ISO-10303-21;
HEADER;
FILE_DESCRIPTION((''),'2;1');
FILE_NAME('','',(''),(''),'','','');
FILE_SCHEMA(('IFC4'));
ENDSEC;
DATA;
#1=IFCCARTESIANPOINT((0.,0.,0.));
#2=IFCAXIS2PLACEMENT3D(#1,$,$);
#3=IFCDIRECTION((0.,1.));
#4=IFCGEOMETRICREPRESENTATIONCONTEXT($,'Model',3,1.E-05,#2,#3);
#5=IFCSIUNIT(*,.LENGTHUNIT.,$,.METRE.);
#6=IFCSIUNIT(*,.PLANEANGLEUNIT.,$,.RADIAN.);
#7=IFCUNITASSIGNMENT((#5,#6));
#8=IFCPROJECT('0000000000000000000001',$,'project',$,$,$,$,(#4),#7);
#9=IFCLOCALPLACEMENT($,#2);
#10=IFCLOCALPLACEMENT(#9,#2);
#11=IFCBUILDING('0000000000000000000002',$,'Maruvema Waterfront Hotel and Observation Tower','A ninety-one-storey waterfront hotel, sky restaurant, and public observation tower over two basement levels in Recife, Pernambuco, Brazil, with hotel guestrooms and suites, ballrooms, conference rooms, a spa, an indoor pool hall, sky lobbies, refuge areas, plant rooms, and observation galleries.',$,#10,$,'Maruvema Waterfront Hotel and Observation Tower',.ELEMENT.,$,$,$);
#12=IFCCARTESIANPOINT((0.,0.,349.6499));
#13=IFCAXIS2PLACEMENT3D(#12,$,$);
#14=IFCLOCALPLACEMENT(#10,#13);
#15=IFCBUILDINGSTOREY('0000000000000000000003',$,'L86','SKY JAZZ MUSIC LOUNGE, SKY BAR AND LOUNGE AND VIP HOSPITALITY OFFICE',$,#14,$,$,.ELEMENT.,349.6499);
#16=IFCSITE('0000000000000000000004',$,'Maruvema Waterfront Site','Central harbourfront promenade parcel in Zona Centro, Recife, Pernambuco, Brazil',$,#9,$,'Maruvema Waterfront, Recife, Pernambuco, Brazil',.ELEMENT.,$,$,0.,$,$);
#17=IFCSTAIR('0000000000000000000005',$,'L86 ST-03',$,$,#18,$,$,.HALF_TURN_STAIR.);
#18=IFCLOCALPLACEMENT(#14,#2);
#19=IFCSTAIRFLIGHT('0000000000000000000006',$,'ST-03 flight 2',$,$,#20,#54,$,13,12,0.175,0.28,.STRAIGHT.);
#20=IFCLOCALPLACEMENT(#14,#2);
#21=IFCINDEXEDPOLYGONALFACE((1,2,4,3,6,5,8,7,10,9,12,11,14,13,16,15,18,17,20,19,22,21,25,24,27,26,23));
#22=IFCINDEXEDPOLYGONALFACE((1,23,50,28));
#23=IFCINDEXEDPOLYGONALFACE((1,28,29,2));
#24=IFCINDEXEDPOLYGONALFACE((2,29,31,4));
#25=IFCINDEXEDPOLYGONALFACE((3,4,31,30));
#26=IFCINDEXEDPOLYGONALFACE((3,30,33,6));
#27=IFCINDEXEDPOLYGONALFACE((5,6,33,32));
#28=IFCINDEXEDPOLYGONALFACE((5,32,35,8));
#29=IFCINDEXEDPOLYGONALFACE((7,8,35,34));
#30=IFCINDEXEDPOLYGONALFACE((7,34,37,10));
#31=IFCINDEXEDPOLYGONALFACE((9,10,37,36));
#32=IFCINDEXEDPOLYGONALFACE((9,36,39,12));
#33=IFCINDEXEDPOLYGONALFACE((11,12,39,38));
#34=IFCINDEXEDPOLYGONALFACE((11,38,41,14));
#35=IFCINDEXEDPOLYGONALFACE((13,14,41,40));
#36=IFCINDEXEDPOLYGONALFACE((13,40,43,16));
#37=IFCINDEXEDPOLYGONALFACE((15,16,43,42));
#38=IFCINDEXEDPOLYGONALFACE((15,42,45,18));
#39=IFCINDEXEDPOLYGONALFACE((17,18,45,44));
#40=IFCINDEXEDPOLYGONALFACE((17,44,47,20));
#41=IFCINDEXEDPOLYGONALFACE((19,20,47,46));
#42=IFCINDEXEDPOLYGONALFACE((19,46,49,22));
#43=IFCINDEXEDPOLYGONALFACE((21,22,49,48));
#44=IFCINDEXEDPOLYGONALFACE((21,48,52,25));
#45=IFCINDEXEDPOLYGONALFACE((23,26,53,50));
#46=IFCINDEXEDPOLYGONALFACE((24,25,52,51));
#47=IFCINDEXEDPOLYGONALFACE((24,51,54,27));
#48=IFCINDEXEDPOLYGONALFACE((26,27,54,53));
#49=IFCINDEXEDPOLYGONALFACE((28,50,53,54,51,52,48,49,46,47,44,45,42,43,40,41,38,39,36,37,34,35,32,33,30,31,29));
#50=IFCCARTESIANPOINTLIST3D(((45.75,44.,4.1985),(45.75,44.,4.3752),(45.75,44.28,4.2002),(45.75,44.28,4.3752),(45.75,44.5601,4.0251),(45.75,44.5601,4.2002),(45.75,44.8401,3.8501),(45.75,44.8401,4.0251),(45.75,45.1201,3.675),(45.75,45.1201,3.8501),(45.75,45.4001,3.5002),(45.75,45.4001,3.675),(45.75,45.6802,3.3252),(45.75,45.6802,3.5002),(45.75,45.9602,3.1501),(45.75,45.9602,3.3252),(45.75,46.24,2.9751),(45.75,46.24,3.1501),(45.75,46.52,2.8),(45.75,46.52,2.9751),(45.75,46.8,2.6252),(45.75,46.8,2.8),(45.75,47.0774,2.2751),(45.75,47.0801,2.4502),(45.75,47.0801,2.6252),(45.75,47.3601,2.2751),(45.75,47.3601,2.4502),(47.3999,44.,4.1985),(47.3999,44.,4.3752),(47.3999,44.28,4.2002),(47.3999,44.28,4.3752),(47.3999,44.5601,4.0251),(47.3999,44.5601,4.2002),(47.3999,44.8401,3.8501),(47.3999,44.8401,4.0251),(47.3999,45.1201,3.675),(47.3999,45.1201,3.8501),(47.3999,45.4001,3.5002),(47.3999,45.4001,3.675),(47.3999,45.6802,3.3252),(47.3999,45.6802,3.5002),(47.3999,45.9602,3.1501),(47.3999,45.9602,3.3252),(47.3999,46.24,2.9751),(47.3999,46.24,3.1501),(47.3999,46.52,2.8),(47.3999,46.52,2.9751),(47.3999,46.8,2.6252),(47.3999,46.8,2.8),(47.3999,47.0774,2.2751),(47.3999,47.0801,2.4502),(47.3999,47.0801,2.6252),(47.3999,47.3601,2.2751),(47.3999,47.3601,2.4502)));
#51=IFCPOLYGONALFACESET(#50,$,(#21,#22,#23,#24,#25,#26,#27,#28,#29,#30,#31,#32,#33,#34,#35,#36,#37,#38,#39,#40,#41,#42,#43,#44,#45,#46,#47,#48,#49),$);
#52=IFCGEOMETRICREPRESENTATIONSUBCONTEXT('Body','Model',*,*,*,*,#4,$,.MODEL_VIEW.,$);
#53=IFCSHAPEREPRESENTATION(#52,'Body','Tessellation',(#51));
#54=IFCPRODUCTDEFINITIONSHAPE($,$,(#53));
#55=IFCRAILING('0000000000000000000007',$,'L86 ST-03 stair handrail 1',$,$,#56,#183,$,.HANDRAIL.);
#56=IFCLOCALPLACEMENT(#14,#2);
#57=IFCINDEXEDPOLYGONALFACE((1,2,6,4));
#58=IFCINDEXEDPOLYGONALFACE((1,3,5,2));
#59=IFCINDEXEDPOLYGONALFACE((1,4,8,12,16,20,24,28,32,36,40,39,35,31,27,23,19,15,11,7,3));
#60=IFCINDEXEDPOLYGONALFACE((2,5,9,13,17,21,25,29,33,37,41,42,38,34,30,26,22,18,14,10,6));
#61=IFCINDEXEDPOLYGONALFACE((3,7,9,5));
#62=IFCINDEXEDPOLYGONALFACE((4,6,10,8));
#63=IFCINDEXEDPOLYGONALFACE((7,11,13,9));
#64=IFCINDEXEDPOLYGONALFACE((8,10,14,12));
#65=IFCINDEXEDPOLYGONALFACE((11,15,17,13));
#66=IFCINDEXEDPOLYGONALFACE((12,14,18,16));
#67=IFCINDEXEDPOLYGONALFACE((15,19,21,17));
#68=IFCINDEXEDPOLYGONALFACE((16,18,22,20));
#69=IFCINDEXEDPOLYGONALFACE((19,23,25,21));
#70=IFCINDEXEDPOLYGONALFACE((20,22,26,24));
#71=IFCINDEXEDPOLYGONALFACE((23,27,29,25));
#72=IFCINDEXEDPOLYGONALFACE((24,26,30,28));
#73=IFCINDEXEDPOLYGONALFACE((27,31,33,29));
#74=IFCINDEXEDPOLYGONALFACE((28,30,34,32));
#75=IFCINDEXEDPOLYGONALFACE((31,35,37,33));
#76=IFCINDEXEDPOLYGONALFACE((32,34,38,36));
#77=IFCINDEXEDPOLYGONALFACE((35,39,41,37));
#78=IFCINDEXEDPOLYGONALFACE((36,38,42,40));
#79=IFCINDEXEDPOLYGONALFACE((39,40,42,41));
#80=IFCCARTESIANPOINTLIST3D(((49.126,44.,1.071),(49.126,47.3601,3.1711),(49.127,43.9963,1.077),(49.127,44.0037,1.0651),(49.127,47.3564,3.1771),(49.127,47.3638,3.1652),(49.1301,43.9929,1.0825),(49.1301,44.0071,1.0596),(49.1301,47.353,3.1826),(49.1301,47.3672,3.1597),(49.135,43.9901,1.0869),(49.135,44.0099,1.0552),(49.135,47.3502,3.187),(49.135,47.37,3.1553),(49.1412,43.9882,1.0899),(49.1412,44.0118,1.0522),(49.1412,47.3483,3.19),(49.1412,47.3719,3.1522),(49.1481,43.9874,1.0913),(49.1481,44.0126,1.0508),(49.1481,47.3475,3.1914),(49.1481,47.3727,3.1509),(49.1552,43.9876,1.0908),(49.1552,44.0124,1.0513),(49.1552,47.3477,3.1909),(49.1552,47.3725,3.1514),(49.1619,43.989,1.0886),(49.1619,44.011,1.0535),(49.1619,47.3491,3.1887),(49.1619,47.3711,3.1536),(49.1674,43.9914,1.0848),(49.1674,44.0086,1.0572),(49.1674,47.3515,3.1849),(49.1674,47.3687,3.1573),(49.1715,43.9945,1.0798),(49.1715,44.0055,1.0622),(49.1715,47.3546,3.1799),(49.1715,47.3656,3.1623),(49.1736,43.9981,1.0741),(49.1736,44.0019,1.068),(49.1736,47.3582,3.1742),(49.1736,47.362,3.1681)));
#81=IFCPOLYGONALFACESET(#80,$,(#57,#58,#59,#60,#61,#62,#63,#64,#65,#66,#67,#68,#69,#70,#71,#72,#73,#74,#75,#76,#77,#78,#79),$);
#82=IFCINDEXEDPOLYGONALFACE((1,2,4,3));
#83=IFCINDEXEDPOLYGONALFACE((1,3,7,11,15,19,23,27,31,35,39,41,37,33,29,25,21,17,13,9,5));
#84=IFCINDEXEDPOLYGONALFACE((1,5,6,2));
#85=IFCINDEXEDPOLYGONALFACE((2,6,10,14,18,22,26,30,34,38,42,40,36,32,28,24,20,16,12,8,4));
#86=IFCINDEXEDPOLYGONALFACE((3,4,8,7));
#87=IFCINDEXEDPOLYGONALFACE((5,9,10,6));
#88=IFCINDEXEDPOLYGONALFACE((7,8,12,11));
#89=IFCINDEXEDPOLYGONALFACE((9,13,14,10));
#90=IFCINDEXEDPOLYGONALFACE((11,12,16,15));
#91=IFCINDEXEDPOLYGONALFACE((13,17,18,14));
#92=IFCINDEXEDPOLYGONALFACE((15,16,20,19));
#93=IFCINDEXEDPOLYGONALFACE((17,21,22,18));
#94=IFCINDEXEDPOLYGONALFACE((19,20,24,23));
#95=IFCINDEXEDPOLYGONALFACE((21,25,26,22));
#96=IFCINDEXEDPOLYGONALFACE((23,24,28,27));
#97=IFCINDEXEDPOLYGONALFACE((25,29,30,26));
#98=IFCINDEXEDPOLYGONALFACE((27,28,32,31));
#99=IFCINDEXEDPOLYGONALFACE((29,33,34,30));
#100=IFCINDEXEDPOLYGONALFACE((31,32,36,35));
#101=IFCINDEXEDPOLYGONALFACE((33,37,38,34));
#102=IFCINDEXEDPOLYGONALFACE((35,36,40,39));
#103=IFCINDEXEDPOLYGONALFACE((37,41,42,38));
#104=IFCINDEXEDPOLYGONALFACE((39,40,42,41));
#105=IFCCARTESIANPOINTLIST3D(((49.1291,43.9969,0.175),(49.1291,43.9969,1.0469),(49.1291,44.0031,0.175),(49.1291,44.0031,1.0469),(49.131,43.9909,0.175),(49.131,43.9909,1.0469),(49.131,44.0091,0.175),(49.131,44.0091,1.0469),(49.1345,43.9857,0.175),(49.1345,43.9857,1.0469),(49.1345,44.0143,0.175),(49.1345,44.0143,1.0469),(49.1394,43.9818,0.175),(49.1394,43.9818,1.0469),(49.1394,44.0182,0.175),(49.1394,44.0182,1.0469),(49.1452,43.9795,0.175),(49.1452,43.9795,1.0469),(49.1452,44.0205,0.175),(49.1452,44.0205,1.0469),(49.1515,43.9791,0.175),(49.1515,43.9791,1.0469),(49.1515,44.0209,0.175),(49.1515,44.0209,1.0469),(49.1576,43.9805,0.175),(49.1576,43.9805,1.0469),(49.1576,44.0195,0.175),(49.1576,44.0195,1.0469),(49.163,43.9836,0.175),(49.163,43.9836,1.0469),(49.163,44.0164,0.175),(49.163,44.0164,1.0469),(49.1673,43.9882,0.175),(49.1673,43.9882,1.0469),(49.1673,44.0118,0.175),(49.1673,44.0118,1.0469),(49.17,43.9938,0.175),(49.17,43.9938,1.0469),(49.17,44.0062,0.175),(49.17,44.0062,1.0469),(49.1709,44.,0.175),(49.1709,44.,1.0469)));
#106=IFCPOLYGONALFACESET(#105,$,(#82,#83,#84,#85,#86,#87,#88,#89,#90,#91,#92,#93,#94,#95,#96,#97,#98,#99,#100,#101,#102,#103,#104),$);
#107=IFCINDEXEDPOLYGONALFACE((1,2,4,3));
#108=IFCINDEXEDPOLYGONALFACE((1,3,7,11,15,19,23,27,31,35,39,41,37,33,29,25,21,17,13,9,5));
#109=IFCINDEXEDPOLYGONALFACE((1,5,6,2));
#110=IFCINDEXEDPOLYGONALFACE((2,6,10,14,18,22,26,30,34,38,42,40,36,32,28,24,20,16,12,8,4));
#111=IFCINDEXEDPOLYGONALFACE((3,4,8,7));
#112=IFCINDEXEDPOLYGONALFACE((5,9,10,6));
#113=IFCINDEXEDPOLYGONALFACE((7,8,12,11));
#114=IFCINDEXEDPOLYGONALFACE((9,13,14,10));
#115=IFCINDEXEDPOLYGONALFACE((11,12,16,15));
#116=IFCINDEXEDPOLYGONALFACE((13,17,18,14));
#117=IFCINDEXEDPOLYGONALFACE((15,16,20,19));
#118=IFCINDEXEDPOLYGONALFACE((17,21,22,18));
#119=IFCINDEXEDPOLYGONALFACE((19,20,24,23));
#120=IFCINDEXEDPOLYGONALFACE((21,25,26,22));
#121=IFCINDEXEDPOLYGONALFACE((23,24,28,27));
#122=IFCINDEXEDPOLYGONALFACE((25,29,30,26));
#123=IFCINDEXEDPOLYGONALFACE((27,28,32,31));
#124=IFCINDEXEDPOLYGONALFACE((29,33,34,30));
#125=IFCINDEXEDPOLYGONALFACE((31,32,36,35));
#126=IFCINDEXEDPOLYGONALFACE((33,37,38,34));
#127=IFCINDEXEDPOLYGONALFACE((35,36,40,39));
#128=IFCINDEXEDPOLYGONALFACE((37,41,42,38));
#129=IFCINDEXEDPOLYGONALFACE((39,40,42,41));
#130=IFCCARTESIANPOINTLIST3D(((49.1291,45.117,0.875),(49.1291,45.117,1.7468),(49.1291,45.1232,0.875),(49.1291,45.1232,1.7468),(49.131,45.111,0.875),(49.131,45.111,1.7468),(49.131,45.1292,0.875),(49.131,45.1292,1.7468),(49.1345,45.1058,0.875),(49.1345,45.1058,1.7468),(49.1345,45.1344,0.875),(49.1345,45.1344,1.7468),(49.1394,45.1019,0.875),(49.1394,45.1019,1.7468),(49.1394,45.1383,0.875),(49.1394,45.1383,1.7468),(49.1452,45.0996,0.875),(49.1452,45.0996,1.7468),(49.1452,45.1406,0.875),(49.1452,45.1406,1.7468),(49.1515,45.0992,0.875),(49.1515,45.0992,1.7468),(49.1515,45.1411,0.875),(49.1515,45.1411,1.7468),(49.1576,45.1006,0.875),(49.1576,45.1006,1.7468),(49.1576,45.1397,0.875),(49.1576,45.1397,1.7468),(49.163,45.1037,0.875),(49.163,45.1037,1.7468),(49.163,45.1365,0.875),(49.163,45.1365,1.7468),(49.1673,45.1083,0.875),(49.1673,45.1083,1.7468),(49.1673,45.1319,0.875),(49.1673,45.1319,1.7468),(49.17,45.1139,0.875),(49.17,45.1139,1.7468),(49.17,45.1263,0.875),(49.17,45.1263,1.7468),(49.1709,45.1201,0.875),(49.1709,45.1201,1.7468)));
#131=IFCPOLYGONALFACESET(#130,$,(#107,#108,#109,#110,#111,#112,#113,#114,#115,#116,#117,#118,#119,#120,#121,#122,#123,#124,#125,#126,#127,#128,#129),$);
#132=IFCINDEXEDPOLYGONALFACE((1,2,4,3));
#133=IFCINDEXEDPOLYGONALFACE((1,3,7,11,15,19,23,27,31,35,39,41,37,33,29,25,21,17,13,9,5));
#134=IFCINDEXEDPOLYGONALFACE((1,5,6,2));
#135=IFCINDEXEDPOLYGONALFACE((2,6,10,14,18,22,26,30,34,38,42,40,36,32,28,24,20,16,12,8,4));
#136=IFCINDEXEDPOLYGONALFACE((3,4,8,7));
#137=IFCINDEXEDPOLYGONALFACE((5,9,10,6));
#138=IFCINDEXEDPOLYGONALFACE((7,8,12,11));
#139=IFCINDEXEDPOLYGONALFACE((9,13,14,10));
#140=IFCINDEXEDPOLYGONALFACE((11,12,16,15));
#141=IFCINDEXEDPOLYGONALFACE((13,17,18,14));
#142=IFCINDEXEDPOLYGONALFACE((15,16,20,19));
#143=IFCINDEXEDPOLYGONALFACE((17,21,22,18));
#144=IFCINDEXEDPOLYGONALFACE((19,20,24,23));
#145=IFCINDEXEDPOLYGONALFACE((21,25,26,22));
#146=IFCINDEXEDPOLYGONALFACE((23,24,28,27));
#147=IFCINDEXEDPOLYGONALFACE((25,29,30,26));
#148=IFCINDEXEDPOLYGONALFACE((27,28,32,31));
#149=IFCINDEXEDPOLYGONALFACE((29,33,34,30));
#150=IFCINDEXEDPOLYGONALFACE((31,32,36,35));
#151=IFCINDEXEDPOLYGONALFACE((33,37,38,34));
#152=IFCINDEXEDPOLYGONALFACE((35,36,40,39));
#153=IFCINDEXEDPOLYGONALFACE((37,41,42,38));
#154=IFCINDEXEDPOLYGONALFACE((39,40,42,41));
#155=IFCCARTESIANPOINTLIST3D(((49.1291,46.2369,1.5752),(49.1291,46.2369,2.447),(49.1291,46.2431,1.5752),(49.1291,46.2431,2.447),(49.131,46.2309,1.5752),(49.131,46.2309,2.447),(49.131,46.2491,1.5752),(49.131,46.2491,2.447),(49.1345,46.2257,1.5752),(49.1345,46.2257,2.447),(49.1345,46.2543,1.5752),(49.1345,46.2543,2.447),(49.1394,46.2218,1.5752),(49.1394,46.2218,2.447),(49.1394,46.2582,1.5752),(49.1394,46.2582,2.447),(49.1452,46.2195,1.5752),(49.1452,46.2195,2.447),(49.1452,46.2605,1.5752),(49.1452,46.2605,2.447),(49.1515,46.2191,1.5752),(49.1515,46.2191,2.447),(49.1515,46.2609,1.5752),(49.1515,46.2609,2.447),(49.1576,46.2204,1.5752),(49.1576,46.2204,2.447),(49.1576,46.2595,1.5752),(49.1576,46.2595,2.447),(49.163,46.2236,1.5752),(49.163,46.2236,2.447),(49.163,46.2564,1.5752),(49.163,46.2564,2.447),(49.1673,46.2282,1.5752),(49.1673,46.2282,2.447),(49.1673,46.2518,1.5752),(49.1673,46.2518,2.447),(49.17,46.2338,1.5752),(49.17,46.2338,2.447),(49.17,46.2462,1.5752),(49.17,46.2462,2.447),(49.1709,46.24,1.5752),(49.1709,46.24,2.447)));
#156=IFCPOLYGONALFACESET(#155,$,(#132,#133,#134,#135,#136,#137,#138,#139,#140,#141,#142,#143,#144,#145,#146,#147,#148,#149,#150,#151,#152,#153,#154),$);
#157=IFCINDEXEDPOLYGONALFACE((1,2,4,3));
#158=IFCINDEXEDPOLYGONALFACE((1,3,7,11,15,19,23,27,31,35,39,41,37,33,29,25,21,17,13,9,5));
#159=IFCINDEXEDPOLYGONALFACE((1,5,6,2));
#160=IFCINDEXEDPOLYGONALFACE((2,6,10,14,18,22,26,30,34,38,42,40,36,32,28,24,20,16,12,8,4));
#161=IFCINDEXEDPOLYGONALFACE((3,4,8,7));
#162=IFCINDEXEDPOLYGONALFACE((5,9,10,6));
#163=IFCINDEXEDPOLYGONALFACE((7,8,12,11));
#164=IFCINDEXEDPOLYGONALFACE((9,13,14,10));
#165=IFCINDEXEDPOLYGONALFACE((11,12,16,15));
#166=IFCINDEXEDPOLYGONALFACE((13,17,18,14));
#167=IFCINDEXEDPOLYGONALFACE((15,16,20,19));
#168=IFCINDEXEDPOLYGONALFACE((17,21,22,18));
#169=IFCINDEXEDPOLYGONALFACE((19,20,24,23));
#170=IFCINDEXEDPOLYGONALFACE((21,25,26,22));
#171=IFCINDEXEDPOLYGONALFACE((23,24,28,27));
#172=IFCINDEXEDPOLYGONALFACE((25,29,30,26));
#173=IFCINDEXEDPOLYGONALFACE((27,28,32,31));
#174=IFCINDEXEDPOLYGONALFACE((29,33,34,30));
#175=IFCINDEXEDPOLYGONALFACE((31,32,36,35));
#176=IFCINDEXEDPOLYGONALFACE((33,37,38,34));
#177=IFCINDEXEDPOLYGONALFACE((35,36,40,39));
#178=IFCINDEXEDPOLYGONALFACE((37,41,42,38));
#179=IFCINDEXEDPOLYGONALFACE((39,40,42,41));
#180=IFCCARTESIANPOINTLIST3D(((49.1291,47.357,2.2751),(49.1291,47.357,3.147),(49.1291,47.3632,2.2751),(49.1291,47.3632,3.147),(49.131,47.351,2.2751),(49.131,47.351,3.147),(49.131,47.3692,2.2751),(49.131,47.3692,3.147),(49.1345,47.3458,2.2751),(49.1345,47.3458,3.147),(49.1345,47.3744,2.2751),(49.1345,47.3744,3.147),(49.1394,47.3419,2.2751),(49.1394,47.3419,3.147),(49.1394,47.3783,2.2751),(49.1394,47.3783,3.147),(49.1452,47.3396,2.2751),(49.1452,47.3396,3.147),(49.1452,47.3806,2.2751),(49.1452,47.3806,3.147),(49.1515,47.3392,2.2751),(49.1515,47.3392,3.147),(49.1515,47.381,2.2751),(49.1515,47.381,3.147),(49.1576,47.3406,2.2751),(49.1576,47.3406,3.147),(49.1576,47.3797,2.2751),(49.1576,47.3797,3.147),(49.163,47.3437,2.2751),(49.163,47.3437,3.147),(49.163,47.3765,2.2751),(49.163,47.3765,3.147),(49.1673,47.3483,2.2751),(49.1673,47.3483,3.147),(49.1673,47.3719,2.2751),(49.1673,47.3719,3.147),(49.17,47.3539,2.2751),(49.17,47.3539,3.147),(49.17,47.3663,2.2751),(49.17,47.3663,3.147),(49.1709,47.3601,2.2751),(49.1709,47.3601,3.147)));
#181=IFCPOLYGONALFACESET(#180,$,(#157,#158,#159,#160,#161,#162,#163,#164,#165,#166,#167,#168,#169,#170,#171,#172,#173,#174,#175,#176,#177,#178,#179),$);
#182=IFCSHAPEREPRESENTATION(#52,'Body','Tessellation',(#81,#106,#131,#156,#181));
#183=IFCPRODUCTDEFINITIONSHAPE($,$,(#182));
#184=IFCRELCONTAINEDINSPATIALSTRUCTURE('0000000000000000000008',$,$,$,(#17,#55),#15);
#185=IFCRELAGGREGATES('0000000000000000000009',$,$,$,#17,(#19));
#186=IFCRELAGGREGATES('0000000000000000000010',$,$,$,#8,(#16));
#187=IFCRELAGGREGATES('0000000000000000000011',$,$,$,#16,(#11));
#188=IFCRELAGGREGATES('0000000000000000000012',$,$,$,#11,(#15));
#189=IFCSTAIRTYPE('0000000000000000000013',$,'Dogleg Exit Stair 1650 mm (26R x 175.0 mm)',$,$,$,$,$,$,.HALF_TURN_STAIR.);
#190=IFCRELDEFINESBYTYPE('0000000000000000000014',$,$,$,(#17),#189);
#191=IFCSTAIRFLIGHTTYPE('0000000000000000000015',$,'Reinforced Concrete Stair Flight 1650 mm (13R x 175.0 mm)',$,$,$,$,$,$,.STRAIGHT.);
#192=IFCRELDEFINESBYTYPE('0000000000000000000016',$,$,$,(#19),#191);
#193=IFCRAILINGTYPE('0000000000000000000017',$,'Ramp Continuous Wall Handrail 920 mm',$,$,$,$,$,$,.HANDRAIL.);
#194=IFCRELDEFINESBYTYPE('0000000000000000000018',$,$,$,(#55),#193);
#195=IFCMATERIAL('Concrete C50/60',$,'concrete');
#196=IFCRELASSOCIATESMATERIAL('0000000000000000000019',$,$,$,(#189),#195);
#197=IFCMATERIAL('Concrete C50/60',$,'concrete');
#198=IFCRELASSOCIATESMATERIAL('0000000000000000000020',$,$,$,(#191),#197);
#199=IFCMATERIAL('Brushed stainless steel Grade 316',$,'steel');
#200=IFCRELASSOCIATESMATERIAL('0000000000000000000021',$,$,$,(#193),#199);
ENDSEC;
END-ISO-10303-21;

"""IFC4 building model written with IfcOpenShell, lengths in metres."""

from ifc_helpers import new_model, si_unit, direction, frame, origin, origin_2d, place, context, subcontext, project, spatial, polyline, circle, outline, extrude, material, type_object, element, aggregate, save


model = new_model("IFC4")

# Units and contexts
model_context = context("Model", 3, precision=1e-05, world=origin(), true_north=direction((0.0, 1.0)))
body_context = subcontext(model_context, "Body", "Model", "MODEL_VIEW")
ifc_project = project(units=[si_unit("LENGTHUNIT", "METRE"), si_unit("PLANEANGLEUNIT", "RADIAN")], contexts=[model_context])

# Site, building, storey
site_placement = place(None, origin())
site = spatial("IfcSite", under=ifc_project, at=site_placement, Name="Maruvema Waterfront Site", Description="Central harbourfront promenade parcel in Zona Centro, Recife, Pernambuco, Brazil", LongName="Maruvema Waterfront, Recife, Pernambuco, Brazil", CompositionType="ELEMENT", RefElevation=0.0)
building_placement = place(site_placement, origin())
building = spatial("IfcBuilding", under=site, at=building_placement, Name="Maruvema Waterfront Hotel and Observation Tower", Description="A ninety-one-storey waterfront hotel, sky restaurant, and public observation tower over two basement levels in Recife, Pernambuco, Brazil, with hotel guestrooms and suites, ballrooms, conference rooms, a spa, an indoor pool hall, sky lobbies, refuge areas, plant rooms, and observation galleries.", LongName="Maruvema Waterfront Hotel and Observation Tower", CompositionType="ELEMENT")
storey_placement = place(building_placement, frame((0.0, 0.0, 349.6499)))
storey = spatial("IfcBuildingStorey", under=building, at=storey_placement, Name="L86", Description="SKY JAZZ MUSIC LOUNGE, SKY BAR AND LOUNGE AND VIP HOSPITALITY OFFICE", CompositionType="ELEMENT", Elevation=349.6499)

# Stair, stair flight
ifc_material_1 = material(Name="Concrete C50/60", Category="concrete")
stair_type = type_object("IfcStairType", Name="Dogleg Exit Stair 1650 mm (26R x 175.0 mm)", PredefinedType="HALF_TURN_STAIR", material=ifc_material_1)
stair_placement = place(storey_placement, origin())
stair = element("IfcStair", 1, at=stair_placement, inside=storey, type_object=stair_type, Name="L86 ST-03", PredefinedType="HALF_TURN_STAIR")
ifc_material_2 = material(Name="Concrete C50/60", Category="concrete")
stair_flight_type = type_object("IfcStairFlightType", Name="Reinforced Concrete Stair Flight 1650 mm (13R x 175.0 mm)", PredefinedType="STRAIGHT", material=ifc_material_2)
stair_flight_1_placement = place(storey_placement, frame((46.575, 47.3601, 2.2751), z_axis=(0.0, 0.0, 1.0), x_axis=(0.0, -1.0, 0.0)))
stair_flight_1 = element("IfcStairFlight", 2, at=stair_flight_1_placement, type_object=stair_flight_type, Name="ST-03 flight 2", NumberOfRisers=13, NumberOfTreads=12, PredefinedType="STRAIGHT", RiserHeight=0.175, TreadLength=0.28, context=body_context, shape_type="SweptSolid", body=[
    extrude(outline(polyline([(0.0, 0.0), (0.0, 0.175), (0.28, 0.175), (0.28, 0.3501), (0.5601, 0.3501), (0.5601, 0.5249), (0.8401, 0.5249), (0.8401, 0.7), (1.1201, 0.7), (1.1201, 0.875), (1.3999, 0.875), (1.3999, 1.05), (1.6799, 1.05), (1.6799, 1.2251), (1.96, 1.2251), (1.96, 1.3999), (2.24, 1.3999), (2.24, 1.575), (2.52, 1.575), (2.52, 1.75), (2.8, 1.75), (2.8, 1.925), (3.0801, 1.925), (3.0801, 2.1001), (3.3601, 2.1001), (3.3601, 2.2749), (3.3601, 1.9233), (0.2827, 0.0), (0.0, 0.0)])), frame((0.0, 0.825, 0.0), z_axis=(0.0, -1.0, 0.0), x_axis=(1.0, 0.0, 0.0)), (0.0, 0.0, 1.0), 1.6499),
])
aggregate(stair, [stair_flight_1])

# Railing
ifc_material_3 = material(Name="Brushed stainless steel Grade 316", Category="steel")
railing_type_1 = type_object("IfcRailingType", Name="Ramp Continuous Wall Handrail 920 mm", PredefinedType="HANDRAIL", material=ifc_material_3)
railing_1_placement = place(storey_placement, frame((49.1499, 44.0, 0.175)))
element("IfcRailing", 3, at=railing_1_placement, inside=storey, type_object=railing_type_1, Name="L86 ST-03 stair handrail 1", PredefinedType="HANDRAIL", context=body_context, shape_type="SweptSolid", body=[
    extrude(circle(Radius=0.0239, at=origin_2d()), frame((0.0, 0.0, 0.896), z_axis=(0.0, 0.847995, 0.530004), x_axis=(-1.0, 0.0, 0.0)), (0.0, 0.0, 1.0), 3.9624),
    extrude(circle(Radius=0.021, at=origin_2d()), origin(), (0.0, 0.0, 1.0), 0.8718),
    extrude(circle(Radius=0.021, at=origin_2d()), frame((0.0, 1.1201, 0.7)), (0.0, 0.0, 1.0), 0.8718),
    extrude(circle(Radius=0.021, at=origin_2d()), frame((0.0, 2.24, 1.4001)), (0.0, 0.0, 1.0), 0.8718),
    extrude(circle(Radius=0.021, at=origin_2d()), frame((0.0, 3.3601, 2.1001)), (0.0, 0.0, 1.0), 0.8718),
])

save(model, "model.ifc")
